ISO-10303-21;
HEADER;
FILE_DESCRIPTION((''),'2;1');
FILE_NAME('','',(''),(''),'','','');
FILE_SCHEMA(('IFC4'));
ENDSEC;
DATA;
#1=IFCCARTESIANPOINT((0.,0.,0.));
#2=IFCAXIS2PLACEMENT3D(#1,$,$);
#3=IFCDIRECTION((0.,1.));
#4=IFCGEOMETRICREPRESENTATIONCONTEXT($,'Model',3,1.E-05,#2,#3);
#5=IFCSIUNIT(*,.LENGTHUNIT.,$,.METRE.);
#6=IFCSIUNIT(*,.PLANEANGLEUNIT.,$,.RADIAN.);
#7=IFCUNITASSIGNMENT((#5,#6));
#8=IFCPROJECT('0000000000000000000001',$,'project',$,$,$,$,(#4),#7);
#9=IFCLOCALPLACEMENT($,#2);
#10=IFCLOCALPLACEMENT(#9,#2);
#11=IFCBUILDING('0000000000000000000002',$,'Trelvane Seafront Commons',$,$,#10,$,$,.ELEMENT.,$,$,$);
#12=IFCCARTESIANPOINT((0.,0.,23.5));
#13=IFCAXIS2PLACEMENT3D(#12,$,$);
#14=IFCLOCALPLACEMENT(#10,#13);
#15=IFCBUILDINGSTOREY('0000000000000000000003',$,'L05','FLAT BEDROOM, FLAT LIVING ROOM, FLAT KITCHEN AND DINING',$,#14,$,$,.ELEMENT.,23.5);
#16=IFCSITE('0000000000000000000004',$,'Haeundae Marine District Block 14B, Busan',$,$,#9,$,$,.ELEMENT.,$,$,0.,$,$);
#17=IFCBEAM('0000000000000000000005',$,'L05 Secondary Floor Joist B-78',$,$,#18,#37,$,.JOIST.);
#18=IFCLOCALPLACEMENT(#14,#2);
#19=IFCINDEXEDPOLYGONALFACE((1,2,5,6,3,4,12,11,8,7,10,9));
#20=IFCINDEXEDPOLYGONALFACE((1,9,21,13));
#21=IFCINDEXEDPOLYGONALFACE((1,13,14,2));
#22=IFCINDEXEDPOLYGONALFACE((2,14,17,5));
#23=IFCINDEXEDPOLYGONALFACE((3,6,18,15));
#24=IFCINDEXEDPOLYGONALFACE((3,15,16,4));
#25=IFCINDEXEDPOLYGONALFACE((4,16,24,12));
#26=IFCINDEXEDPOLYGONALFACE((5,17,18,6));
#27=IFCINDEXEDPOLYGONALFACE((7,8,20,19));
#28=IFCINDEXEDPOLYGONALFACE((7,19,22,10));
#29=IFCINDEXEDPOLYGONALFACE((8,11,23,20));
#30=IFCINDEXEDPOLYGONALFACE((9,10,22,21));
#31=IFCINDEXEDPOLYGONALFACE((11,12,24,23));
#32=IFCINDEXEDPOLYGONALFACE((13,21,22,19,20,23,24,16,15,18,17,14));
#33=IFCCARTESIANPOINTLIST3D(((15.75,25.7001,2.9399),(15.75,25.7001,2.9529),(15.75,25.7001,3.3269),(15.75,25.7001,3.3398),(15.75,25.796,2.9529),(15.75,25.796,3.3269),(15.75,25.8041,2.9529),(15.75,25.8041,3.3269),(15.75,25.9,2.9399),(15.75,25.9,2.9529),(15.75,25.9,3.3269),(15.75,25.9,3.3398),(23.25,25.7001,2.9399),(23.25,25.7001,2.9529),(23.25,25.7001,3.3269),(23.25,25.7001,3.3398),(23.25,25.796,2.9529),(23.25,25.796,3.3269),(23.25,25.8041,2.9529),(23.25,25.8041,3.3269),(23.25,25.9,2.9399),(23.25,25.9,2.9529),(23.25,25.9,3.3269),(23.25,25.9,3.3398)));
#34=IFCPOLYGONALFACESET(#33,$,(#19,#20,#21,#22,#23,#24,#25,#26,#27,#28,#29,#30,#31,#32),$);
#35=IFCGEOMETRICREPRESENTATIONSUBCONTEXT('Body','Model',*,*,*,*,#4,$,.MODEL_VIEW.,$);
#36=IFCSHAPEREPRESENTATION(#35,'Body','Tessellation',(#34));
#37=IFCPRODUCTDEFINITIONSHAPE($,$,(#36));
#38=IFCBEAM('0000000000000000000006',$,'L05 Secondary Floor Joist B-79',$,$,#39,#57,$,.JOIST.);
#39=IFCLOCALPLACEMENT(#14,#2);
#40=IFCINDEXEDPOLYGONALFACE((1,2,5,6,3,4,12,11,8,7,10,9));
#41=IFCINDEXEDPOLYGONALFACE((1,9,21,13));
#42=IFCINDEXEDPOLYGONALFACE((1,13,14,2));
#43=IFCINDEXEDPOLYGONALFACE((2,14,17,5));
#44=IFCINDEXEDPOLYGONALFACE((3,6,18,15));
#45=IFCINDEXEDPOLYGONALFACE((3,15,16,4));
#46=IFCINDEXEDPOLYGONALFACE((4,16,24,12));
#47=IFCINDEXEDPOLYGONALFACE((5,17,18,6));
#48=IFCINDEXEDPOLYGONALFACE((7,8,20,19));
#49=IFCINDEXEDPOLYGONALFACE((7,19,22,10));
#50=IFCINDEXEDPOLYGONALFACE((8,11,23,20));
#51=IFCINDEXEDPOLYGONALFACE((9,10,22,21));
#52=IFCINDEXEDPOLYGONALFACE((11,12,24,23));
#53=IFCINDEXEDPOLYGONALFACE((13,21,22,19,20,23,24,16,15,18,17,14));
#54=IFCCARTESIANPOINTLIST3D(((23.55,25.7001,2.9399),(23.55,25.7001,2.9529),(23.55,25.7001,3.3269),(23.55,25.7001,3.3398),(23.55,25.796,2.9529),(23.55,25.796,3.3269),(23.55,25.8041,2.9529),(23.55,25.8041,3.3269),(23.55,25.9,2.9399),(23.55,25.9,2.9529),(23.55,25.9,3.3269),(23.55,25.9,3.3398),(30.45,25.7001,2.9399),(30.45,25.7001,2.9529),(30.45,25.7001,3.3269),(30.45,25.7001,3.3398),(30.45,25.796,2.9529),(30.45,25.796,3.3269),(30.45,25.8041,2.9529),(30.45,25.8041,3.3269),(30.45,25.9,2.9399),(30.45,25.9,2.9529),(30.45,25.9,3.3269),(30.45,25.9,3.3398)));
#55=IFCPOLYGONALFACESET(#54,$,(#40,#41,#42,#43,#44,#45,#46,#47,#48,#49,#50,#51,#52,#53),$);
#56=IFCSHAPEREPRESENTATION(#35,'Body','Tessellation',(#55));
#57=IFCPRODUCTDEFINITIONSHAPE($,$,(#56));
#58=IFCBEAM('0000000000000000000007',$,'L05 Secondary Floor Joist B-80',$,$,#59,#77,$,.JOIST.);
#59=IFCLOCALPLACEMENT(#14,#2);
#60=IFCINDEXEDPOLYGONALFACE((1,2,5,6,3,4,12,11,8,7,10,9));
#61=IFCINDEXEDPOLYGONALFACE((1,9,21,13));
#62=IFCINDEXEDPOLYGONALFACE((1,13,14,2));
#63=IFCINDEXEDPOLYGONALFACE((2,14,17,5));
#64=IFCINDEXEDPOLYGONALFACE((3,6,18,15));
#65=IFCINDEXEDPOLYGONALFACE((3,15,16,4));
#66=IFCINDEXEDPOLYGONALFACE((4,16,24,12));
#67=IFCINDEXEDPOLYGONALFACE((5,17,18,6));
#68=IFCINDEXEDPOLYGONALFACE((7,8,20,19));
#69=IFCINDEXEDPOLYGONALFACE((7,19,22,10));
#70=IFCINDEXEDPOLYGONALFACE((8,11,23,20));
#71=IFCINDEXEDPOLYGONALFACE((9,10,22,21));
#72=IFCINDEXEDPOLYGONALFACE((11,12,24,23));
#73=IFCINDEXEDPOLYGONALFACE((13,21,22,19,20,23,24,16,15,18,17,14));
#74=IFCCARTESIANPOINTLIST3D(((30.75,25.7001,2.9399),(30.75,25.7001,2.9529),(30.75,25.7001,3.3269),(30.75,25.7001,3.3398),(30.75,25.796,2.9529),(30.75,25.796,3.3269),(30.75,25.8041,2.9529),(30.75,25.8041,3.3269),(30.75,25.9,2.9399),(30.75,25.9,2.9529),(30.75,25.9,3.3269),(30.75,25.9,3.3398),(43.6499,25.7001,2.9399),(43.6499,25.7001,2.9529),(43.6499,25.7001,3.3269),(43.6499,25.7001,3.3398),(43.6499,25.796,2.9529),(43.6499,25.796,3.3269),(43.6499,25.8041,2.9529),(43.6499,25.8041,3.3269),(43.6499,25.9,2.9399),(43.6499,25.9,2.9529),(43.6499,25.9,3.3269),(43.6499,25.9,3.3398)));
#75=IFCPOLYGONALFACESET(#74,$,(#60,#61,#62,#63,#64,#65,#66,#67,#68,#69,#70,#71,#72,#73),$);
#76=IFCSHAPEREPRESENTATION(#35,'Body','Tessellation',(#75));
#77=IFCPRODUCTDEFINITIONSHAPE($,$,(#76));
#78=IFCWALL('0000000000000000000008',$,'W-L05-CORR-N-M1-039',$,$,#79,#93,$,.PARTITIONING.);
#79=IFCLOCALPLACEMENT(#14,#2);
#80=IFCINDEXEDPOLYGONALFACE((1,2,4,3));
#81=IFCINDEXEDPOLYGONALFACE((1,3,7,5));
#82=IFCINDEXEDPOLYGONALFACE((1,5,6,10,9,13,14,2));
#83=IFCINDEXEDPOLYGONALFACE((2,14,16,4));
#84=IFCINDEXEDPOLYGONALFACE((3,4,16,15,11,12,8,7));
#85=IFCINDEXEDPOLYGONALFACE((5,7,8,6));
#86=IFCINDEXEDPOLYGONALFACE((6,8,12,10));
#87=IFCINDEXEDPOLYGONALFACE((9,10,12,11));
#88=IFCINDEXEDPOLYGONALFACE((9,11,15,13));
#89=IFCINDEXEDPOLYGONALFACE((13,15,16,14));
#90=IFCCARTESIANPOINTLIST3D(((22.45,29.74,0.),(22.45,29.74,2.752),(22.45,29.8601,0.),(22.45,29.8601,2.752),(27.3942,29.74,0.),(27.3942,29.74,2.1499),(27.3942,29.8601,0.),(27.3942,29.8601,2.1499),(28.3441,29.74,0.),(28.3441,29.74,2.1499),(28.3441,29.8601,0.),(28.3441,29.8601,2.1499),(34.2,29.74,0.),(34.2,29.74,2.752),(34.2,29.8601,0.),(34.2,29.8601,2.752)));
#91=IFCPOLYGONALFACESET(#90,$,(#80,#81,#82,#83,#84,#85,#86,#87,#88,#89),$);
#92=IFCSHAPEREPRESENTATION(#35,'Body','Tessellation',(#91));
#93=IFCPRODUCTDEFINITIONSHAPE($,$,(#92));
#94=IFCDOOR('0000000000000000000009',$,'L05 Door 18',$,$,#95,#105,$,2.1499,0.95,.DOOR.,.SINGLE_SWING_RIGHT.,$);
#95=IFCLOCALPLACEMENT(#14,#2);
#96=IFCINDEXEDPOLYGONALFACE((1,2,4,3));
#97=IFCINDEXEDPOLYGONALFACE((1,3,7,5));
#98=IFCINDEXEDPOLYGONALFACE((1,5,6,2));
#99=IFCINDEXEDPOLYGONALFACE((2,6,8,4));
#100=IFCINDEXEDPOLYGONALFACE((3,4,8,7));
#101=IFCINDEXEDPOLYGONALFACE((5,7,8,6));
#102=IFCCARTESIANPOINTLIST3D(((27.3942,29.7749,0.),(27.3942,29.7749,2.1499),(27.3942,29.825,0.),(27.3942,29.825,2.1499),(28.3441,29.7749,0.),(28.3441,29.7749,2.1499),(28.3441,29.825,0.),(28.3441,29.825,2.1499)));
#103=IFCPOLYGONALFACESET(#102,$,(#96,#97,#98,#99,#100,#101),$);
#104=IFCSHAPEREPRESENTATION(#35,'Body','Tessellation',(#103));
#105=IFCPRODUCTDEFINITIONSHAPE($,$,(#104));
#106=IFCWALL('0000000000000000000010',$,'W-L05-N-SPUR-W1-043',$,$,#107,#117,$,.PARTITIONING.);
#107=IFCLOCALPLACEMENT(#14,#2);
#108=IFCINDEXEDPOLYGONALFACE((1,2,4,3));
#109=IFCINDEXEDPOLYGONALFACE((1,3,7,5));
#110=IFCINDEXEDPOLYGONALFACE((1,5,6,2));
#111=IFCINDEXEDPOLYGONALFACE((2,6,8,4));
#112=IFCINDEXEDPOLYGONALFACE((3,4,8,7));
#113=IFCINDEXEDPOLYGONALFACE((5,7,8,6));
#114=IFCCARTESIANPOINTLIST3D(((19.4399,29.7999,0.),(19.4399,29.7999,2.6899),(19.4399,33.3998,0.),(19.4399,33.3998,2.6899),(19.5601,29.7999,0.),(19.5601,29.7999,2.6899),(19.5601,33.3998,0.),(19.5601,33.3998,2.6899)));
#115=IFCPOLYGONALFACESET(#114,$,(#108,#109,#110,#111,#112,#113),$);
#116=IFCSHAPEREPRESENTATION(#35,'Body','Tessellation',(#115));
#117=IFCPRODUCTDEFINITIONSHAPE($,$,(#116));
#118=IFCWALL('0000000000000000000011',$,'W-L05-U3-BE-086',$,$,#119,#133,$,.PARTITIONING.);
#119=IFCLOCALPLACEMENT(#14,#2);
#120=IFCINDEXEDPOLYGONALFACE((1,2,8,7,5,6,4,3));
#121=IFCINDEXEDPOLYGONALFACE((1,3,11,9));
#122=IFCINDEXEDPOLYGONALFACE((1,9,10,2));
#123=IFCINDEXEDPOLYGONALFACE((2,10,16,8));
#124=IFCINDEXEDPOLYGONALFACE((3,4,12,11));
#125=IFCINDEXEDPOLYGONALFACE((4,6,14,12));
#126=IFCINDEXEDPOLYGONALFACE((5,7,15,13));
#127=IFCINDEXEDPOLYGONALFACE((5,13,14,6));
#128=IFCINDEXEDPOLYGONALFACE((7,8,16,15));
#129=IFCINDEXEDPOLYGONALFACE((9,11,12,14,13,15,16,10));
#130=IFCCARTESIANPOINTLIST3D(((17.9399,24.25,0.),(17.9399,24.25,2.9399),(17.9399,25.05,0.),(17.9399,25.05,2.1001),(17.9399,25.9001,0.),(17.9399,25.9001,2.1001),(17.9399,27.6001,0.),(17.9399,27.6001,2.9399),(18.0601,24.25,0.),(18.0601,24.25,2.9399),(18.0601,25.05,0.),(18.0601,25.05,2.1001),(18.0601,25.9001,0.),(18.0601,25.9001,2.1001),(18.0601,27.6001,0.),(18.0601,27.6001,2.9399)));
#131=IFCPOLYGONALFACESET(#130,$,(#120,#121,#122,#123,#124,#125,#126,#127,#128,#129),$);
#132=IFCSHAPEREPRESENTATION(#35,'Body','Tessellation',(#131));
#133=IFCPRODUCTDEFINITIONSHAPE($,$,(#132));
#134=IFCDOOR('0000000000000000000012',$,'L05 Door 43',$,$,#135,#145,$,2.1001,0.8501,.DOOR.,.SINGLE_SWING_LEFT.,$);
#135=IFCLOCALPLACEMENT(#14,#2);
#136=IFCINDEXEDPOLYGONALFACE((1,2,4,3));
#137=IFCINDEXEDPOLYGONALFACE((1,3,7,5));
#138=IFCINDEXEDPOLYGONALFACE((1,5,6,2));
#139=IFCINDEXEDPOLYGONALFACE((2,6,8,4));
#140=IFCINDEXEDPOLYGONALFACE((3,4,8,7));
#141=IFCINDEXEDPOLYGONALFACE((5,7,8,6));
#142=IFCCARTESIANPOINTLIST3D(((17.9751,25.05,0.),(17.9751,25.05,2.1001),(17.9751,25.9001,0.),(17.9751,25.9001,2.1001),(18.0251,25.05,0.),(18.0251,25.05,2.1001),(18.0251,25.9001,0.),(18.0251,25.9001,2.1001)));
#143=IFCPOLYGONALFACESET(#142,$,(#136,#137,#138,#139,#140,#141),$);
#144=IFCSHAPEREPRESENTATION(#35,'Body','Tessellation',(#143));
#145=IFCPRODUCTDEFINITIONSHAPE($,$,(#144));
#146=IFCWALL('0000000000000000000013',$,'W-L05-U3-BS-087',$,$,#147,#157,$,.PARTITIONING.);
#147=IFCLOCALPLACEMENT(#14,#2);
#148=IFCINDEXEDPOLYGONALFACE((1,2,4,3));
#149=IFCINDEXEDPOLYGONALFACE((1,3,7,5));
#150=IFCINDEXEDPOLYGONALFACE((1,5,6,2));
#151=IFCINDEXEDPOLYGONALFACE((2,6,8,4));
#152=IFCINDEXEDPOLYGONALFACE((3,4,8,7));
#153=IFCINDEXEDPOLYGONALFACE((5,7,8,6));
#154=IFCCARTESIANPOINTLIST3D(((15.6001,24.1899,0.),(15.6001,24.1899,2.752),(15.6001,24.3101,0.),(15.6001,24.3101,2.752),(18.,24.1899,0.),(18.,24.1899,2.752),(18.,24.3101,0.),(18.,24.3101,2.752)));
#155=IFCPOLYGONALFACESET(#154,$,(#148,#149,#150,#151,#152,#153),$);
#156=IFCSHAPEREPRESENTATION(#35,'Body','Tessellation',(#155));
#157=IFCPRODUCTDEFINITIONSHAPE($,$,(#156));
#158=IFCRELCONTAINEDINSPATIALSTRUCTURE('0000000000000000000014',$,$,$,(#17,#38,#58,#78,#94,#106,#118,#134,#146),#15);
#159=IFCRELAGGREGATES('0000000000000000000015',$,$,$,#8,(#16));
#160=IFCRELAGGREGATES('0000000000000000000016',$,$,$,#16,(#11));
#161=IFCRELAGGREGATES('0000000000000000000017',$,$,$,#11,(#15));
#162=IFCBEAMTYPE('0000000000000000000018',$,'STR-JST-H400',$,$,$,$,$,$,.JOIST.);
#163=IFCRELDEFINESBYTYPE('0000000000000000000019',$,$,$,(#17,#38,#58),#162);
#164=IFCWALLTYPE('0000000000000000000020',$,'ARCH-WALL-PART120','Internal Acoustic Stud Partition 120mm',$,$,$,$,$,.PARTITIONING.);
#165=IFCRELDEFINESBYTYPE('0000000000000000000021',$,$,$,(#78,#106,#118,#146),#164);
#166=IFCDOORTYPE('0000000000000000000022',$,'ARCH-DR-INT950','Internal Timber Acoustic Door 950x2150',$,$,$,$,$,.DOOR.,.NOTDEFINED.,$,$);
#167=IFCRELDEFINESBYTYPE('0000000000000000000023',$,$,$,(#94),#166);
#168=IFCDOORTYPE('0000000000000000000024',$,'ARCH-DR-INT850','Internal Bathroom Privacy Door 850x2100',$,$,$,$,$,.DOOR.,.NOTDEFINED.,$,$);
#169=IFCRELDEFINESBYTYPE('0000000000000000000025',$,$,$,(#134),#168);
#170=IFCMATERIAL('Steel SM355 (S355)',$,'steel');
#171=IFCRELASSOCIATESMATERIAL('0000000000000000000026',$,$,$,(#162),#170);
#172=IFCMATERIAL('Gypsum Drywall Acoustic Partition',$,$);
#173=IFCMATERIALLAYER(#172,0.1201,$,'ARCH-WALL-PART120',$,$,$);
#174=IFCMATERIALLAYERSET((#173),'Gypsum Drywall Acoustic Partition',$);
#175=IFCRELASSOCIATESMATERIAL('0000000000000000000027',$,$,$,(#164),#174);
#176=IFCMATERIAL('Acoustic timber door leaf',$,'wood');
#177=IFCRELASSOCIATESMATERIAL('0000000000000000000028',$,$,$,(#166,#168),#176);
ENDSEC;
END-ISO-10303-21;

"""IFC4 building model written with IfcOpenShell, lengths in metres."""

from ifc_helpers import new_model, si_unit, direction, frame, frame_2d, origin, origin_2d, place, context, subcontext, project, spatial, rectangle, i_section, extrude, source, transform, mapped, material, layer, layer_set, material_profile, profile_set, type_object, element, fill, save


model = new_model("IFC4")

# Units and contexts
model_context = context("Model", 3, precision=1e-05, world=origin(), true_north=direction((0.0, 1.0)))
body_context = subcontext(model_context, "Body", "Model", "MODEL_VIEW")
ifc_project = project(units=[si_unit("LENGTHUNIT", "METRE"), si_unit("PLANEANGLEUNIT", "RADIAN")], contexts=[model_context])

# Site, building, storey
site_placement = place(None, origin())
site = spatial("IfcSite", under=ifc_project, at=site_placement, Name="Haeundae Marine District Block 14B, Busan", CompositionType="ELEMENT", RefElevation=0.0)
building_placement = place(site_placement, origin())
building = spatial("IfcBuilding", under=site, at=building_placement, Name="Trelvane Seafront Commons", CompositionType="ELEMENT")
storey_placement = place(building_placement, frame((0.0, 0.0, 23.5)))
storey = spatial("IfcBuildingStorey", under=building, at=storey_placement, Name="L05", Description="FLAT BEDROOM, FLAT LIVING ROOM, FLAT KITCHEN AND DINING", CompositionType="ELEMENT", Elevation=23.5)

# Beams
ifc_material_1 = material(Name="Steel SM355 (S355)", Category="steel")
ifc_material_profile = material_profile(ifc_material_1, i_section(OverallWidth=0.2, OverallDepth=0.3999, WebThickness=0.0081, FlangeThickness=0.0129, at=origin_2d()), Name="H-400x200x8x13")
ifc_profile_set = profile_set([ifc_material_profile], Name="Steel SM355 (S355)")
beam_type = type_object("IfcBeamType", Name="STR-JST-H400", PredefinedType="JOIST", material=ifc_profile_set)
shared_shape_1 = source(origin(), body_context, "Body", "SweptSolid", [
    extrude(i_section(OverallWidth=0.2, OverallDepth=0.3999, WebThickness=0.0081, FlangeThickness=0.0129, at=origin_2d()), origin(), (0.0, 0.0, 1.0), 7.5),
])
beam_1_placement = place(storey_placement, frame((15.75, 25.8, 3.1399), z_axis=(1.0, 0.0, 0.0), x_axis=(0.0, 1.0, 0.0)))
element("IfcBeam", 1, at=beam_1_placement, inside=storey, type_object=beam_type, Name="L05 Secondary Floor Joist B-78", PredefinedType="JOIST", context=body_context, shape_type="MappedRepresentation", body=[
    mapped(shared_shape_1, transform((0.0, 0.0, 0.0), x_axis=(1.0, 0.0, 0.0), y_axis=(0.0, 1.0, 0.0), z_axis=(0.0, 0.0, 1.0), scale=1.0)),
])
shared_shape_2 = source(origin(), body_context, "Body", "SweptSolid", [
    extrude(i_section(OverallWidth=0.2, OverallDepth=0.3999, WebThickness=0.0081, FlangeThickness=0.0129, at=origin_2d()), origin(), (0.0, 0.0, 1.0), 6.8999),
])
beam_2_placement = place(storey_placement, frame((23.55, 25.8, 3.1399), z_axis=(1.0, 0.0, 0.0), x_axis=(0.0, 1.0, 0.0)))
element("IfcBeam", 2, at=beam_2_placement, inside=storey, type_object=beam_type, Name="L05 Secondary Floor Joist B-79", PredefinedType="JOIST", context=body_context, shape_type="MappedRepresentation", body=[
    mapped(shared_shape_2, transform((0.0, 0.0, 0.0), x_axis=(1.0, 0.0, 0.0), y_axis=(0.0, 1.0, 0.0), z_axis=(0.0, 0.0, 1.0), scale=1.0)),
])
shared_shape_3 = source(origin(), body_context, "Body", "SweptSolid", [
    extrude(i_section(OverallWidth=0.2, OverallDepth=0.3999, WebThickness=0.0081, FlangeThickness=0.0129, at=origin_2d()), origin(), (0.0, 0.0, 1.0), 12.8999),
])
beam_3_placement = place(storey_placement, frame((30.75, 25.8, 3.1399), z_axis=(1.0, 0.0, 0.0), x_axis=(0.0, 1.0, 0.0)))
element("IfcBeam", 3, at=beam_3_placement, inside=storey, type_object=beam_type, Name="L05 Secondary Floor Joist B-80", PredefinedType="JOIST", context=body_context, shape_type="MappedRepresentation", body=[
    mapped(shared_shape_3, transform((0.0, 0.0, 0.0), x_axis=(1.0, 0.0, 0.0), y_axis=(0.0, 1.0, 0.0), z_axis=(0.0, 0.0, 1.0), scale=1.0)),
])

# Wall, opening, door
ifc_material_2 = material(Name="Gypsum Drywall Acoustic Partition")
ifc_layer_1 = layer(ifc_material_2, 0.1201, Name="ARCH-WALL-PART120")
ifc_layer_set_1 = layer_set([ifc_layer_1], Name="Gypsum Drywall Acoustic Partition")
wall_type_1 = type_object("IfcWallType", Name="ARCH-WALL-PART120", Description="Internal Acoustic Stud Partition 120mm", PredefinedType="PARTITIONING", material=ifc_layer_set_1)
wall_1_placement = place(storey_placement, frame((22.45, 29.8, 0.0), z_axis=(0.0, 0.0, 1.0), x_axis=(1.0, 0.0, 0.0)))
wall_1 = element("IfcWall", 4, at=wall_1_placement, inside=storey, type_object=wall_type_1, Name="W-L05-CORR-N-M1-039", PredefinedType="PARTITIONING", context=body_context, shape_type="SweptSolid", body=[
    extrude(rectangle(XDim=11.75, YDim=0.1201, at=frame_2d((5.875, 0.0))), origin(), (0.0, 0.0, 1.0), 2.752),
])
opening_1_placement = place(wall_1_placement, frame((4.9441, 0.0, 0.0)))
opening_1 = element("IfcOpeningElement", 5, at=opening_1_placement, cuts=wall_1, PredefinedType="OPENING", context=body_context, shape_type="SweptSolid", body=[
    extrude(rectangle(XDim=0.95, YDim=2.1499, at=frame_2d((0.4751, 1.075))), frame((0.0, 0.0701, 0.0), z_axis=(0.0, -1.0, 0.0), x_axis=(1.0, 0.0, 0.0)), (0.0, 0.0, 1.0), 0.1401),
])
ifc_material_3 = material(Name="Acoustic timber door leaf", Category="wood")
door_type_1 = type_object("IfcDoorType", Name="ARCH-DR-INT950", Description="Internal Timber Acoustic Door 950x2150", OperationType="NOTDEFINED", PredefinedType="DOOR", material=ifc_material_3)
shared_shape_4 = source(origin(), body_context, "Body", "SweptSolid", [
    extrude(rectangle(XDim=0.95, YDim=2.1499, at=frame_2d((0.4751, 1.075))), frame((0.0, 0.0249, 0.0), z_axis=(0.0, -1.0, 0.0), x_axis=(1.0, 0.0, 0.0)), (0.0, 0.0, 1.0), 0.05),
])
door_1_placement = place(opening_1_placement, origin())
door_1 = element("IfcDoor", 6, at=door_1_placement, inside=storey, type_object=door_type_1, Name="L05 Door 18", OperationType="SINGLE_SWING_RIGHT", OverallHeight=2.1499, OverallWidth=0.95, PredefinedType="DOOR", context=body_context, shape_type="MappedRepresentation", body=[
    mapped(shared_shape_4, transform((0.0, 0.0, 0.0), x_axis=(1.0, 0.0, 0.0), y_axis=(0.0, 1.0, 0.0), z_axis=(0.0, 0.0, 1.0), scale=1.0)),
])
fill(opening_1, door_1)

# Wall
wall_2_placement = place(storey_placement, frame((19.5, 29.8, 0.0), z_axis=(0.0, 0.0, 1.0), x_axis=(0.0, 1.0, 0.0)))
element("IfcWall", 7, at=wall_2_placement, inside=storey, type_object=wall_type_1, Name="W-L05-N-SPUR-W1-043", PredefinedType="PARTITIONING", context=body_context, shape_type="SweptSolid", body=[
    extrude(rectangle(XDim=3.5999, YDim=0.1201, at=frame_2d((1.7998, 0.0))), origin(), (0.0, 0.0, 1.0), 2.6899),
])

# Wall, opening, door
wall_3_placement = place(storey_placement, frame((18.0, 24.25, 0.0), z_axis=(0.0, 0.0, 1.0), x_axis=(0.0, 1.0, 0.0)))
wall_3 = element("IfcWall", 8, at=wall_3_placement, inside=storey, type_object=wall_type_1, Name="W-L05-U3-BE-086", PredefinedType="PARTITIONING", context=body_context, shape_type="SweptSolid", body=[
    extrude(rectangle(XDim=3.3501, YDim=0.1201, at=frame_2d((1.675, 0.0))), origin(), (0.0, 0.0, 1.0), 2.9399),
])
opening_2_placement = place(wall_3_placement, frame((0.8, 0.0, 0.0)))
opening_2 = element("IfcOpeningElement", 9, at=opening_2_placement, cuts=wall_3, PredefinedType="OPENING", context=body_context, shape_type="SweptSolid", body=[
    extrude(rectangle(XDim=0.8501, YDim=2.1001, at=frame_2d((0.425, 1.05))), frame((0.0, 0.0701, 0.0), z_axis=(0.0, -1.0, 0.0), x_axis=(1.0, 0.0, 0.0)), (0.0, 0.0, 1.0), 0.1401),
])
door_type_2 = type_object("IfcDoorType", Name="ARCH-DR-INT850", Description="Internal Bathroom Privacy Door 850x2100", OperationType="NOTDEFINED", PredefinedType="DOOR", material=ifc_material_3)
shared_shape_5 = source(origin(), body_context, "Body", "SweptSolid", [
    extrude(rectangle(XDim=0.8501, YDim=2.1001, at=frame_2d((0.425, 1.05))), frame((0.0, 0.0249, 0.0), z_axis=(0.0, -1.0, 0.0), x_axis=(1.0, 0.0, 0.0)), (0.0, 0.0, 1.0), 0.05),
])
door_2_placement = place(opening_2_placement, origin())
door_2 = element("IfcDoor", 10, at=door_2_placement, inside=storey, type_object=door_type_2, Name="L05 Door 43", OperationType="SINGLE_SWING_LEFT", OverallHeight=2.1001, OverallWidth=0.8501, PredefinedType="DOOR", context=body_context, shape_type="MappedRepresentation", body=[
    mapped(shared_shape_5, transform((0.0, 0.0, 0.0), x_axis=(1.0, 0.0, 0.0), y_axis=(0.0, 1.0, 0.0), z_axis=(0.0, 0.0, 1.0), scale=1.0)),
])
fill(opening_2, door_2)

# Wall
wall_4_placement = place(storey_placement, frame((15.6001, 24.25, 0.0), z_axis=(0.0, 0.0, 1.0), x_axis=(1.0, 0.0, 0.0)))
element("IfcWall", 11, at=wall_4_placement, inside=storey, type_object=wall_type_1, Name="W-L05-U3-BS-087", PredefinedType="PARTITIONING", context=body_context, shape_type="SweptSolid", body=[
    extrude(rectangle(XDim=2.3999, YDim=0.1201, at=frame_2d((1.2, 0.0))), origin(), (0.0, 0.0, 1.0), 2.752),
])

save(model, "model.ifc")
